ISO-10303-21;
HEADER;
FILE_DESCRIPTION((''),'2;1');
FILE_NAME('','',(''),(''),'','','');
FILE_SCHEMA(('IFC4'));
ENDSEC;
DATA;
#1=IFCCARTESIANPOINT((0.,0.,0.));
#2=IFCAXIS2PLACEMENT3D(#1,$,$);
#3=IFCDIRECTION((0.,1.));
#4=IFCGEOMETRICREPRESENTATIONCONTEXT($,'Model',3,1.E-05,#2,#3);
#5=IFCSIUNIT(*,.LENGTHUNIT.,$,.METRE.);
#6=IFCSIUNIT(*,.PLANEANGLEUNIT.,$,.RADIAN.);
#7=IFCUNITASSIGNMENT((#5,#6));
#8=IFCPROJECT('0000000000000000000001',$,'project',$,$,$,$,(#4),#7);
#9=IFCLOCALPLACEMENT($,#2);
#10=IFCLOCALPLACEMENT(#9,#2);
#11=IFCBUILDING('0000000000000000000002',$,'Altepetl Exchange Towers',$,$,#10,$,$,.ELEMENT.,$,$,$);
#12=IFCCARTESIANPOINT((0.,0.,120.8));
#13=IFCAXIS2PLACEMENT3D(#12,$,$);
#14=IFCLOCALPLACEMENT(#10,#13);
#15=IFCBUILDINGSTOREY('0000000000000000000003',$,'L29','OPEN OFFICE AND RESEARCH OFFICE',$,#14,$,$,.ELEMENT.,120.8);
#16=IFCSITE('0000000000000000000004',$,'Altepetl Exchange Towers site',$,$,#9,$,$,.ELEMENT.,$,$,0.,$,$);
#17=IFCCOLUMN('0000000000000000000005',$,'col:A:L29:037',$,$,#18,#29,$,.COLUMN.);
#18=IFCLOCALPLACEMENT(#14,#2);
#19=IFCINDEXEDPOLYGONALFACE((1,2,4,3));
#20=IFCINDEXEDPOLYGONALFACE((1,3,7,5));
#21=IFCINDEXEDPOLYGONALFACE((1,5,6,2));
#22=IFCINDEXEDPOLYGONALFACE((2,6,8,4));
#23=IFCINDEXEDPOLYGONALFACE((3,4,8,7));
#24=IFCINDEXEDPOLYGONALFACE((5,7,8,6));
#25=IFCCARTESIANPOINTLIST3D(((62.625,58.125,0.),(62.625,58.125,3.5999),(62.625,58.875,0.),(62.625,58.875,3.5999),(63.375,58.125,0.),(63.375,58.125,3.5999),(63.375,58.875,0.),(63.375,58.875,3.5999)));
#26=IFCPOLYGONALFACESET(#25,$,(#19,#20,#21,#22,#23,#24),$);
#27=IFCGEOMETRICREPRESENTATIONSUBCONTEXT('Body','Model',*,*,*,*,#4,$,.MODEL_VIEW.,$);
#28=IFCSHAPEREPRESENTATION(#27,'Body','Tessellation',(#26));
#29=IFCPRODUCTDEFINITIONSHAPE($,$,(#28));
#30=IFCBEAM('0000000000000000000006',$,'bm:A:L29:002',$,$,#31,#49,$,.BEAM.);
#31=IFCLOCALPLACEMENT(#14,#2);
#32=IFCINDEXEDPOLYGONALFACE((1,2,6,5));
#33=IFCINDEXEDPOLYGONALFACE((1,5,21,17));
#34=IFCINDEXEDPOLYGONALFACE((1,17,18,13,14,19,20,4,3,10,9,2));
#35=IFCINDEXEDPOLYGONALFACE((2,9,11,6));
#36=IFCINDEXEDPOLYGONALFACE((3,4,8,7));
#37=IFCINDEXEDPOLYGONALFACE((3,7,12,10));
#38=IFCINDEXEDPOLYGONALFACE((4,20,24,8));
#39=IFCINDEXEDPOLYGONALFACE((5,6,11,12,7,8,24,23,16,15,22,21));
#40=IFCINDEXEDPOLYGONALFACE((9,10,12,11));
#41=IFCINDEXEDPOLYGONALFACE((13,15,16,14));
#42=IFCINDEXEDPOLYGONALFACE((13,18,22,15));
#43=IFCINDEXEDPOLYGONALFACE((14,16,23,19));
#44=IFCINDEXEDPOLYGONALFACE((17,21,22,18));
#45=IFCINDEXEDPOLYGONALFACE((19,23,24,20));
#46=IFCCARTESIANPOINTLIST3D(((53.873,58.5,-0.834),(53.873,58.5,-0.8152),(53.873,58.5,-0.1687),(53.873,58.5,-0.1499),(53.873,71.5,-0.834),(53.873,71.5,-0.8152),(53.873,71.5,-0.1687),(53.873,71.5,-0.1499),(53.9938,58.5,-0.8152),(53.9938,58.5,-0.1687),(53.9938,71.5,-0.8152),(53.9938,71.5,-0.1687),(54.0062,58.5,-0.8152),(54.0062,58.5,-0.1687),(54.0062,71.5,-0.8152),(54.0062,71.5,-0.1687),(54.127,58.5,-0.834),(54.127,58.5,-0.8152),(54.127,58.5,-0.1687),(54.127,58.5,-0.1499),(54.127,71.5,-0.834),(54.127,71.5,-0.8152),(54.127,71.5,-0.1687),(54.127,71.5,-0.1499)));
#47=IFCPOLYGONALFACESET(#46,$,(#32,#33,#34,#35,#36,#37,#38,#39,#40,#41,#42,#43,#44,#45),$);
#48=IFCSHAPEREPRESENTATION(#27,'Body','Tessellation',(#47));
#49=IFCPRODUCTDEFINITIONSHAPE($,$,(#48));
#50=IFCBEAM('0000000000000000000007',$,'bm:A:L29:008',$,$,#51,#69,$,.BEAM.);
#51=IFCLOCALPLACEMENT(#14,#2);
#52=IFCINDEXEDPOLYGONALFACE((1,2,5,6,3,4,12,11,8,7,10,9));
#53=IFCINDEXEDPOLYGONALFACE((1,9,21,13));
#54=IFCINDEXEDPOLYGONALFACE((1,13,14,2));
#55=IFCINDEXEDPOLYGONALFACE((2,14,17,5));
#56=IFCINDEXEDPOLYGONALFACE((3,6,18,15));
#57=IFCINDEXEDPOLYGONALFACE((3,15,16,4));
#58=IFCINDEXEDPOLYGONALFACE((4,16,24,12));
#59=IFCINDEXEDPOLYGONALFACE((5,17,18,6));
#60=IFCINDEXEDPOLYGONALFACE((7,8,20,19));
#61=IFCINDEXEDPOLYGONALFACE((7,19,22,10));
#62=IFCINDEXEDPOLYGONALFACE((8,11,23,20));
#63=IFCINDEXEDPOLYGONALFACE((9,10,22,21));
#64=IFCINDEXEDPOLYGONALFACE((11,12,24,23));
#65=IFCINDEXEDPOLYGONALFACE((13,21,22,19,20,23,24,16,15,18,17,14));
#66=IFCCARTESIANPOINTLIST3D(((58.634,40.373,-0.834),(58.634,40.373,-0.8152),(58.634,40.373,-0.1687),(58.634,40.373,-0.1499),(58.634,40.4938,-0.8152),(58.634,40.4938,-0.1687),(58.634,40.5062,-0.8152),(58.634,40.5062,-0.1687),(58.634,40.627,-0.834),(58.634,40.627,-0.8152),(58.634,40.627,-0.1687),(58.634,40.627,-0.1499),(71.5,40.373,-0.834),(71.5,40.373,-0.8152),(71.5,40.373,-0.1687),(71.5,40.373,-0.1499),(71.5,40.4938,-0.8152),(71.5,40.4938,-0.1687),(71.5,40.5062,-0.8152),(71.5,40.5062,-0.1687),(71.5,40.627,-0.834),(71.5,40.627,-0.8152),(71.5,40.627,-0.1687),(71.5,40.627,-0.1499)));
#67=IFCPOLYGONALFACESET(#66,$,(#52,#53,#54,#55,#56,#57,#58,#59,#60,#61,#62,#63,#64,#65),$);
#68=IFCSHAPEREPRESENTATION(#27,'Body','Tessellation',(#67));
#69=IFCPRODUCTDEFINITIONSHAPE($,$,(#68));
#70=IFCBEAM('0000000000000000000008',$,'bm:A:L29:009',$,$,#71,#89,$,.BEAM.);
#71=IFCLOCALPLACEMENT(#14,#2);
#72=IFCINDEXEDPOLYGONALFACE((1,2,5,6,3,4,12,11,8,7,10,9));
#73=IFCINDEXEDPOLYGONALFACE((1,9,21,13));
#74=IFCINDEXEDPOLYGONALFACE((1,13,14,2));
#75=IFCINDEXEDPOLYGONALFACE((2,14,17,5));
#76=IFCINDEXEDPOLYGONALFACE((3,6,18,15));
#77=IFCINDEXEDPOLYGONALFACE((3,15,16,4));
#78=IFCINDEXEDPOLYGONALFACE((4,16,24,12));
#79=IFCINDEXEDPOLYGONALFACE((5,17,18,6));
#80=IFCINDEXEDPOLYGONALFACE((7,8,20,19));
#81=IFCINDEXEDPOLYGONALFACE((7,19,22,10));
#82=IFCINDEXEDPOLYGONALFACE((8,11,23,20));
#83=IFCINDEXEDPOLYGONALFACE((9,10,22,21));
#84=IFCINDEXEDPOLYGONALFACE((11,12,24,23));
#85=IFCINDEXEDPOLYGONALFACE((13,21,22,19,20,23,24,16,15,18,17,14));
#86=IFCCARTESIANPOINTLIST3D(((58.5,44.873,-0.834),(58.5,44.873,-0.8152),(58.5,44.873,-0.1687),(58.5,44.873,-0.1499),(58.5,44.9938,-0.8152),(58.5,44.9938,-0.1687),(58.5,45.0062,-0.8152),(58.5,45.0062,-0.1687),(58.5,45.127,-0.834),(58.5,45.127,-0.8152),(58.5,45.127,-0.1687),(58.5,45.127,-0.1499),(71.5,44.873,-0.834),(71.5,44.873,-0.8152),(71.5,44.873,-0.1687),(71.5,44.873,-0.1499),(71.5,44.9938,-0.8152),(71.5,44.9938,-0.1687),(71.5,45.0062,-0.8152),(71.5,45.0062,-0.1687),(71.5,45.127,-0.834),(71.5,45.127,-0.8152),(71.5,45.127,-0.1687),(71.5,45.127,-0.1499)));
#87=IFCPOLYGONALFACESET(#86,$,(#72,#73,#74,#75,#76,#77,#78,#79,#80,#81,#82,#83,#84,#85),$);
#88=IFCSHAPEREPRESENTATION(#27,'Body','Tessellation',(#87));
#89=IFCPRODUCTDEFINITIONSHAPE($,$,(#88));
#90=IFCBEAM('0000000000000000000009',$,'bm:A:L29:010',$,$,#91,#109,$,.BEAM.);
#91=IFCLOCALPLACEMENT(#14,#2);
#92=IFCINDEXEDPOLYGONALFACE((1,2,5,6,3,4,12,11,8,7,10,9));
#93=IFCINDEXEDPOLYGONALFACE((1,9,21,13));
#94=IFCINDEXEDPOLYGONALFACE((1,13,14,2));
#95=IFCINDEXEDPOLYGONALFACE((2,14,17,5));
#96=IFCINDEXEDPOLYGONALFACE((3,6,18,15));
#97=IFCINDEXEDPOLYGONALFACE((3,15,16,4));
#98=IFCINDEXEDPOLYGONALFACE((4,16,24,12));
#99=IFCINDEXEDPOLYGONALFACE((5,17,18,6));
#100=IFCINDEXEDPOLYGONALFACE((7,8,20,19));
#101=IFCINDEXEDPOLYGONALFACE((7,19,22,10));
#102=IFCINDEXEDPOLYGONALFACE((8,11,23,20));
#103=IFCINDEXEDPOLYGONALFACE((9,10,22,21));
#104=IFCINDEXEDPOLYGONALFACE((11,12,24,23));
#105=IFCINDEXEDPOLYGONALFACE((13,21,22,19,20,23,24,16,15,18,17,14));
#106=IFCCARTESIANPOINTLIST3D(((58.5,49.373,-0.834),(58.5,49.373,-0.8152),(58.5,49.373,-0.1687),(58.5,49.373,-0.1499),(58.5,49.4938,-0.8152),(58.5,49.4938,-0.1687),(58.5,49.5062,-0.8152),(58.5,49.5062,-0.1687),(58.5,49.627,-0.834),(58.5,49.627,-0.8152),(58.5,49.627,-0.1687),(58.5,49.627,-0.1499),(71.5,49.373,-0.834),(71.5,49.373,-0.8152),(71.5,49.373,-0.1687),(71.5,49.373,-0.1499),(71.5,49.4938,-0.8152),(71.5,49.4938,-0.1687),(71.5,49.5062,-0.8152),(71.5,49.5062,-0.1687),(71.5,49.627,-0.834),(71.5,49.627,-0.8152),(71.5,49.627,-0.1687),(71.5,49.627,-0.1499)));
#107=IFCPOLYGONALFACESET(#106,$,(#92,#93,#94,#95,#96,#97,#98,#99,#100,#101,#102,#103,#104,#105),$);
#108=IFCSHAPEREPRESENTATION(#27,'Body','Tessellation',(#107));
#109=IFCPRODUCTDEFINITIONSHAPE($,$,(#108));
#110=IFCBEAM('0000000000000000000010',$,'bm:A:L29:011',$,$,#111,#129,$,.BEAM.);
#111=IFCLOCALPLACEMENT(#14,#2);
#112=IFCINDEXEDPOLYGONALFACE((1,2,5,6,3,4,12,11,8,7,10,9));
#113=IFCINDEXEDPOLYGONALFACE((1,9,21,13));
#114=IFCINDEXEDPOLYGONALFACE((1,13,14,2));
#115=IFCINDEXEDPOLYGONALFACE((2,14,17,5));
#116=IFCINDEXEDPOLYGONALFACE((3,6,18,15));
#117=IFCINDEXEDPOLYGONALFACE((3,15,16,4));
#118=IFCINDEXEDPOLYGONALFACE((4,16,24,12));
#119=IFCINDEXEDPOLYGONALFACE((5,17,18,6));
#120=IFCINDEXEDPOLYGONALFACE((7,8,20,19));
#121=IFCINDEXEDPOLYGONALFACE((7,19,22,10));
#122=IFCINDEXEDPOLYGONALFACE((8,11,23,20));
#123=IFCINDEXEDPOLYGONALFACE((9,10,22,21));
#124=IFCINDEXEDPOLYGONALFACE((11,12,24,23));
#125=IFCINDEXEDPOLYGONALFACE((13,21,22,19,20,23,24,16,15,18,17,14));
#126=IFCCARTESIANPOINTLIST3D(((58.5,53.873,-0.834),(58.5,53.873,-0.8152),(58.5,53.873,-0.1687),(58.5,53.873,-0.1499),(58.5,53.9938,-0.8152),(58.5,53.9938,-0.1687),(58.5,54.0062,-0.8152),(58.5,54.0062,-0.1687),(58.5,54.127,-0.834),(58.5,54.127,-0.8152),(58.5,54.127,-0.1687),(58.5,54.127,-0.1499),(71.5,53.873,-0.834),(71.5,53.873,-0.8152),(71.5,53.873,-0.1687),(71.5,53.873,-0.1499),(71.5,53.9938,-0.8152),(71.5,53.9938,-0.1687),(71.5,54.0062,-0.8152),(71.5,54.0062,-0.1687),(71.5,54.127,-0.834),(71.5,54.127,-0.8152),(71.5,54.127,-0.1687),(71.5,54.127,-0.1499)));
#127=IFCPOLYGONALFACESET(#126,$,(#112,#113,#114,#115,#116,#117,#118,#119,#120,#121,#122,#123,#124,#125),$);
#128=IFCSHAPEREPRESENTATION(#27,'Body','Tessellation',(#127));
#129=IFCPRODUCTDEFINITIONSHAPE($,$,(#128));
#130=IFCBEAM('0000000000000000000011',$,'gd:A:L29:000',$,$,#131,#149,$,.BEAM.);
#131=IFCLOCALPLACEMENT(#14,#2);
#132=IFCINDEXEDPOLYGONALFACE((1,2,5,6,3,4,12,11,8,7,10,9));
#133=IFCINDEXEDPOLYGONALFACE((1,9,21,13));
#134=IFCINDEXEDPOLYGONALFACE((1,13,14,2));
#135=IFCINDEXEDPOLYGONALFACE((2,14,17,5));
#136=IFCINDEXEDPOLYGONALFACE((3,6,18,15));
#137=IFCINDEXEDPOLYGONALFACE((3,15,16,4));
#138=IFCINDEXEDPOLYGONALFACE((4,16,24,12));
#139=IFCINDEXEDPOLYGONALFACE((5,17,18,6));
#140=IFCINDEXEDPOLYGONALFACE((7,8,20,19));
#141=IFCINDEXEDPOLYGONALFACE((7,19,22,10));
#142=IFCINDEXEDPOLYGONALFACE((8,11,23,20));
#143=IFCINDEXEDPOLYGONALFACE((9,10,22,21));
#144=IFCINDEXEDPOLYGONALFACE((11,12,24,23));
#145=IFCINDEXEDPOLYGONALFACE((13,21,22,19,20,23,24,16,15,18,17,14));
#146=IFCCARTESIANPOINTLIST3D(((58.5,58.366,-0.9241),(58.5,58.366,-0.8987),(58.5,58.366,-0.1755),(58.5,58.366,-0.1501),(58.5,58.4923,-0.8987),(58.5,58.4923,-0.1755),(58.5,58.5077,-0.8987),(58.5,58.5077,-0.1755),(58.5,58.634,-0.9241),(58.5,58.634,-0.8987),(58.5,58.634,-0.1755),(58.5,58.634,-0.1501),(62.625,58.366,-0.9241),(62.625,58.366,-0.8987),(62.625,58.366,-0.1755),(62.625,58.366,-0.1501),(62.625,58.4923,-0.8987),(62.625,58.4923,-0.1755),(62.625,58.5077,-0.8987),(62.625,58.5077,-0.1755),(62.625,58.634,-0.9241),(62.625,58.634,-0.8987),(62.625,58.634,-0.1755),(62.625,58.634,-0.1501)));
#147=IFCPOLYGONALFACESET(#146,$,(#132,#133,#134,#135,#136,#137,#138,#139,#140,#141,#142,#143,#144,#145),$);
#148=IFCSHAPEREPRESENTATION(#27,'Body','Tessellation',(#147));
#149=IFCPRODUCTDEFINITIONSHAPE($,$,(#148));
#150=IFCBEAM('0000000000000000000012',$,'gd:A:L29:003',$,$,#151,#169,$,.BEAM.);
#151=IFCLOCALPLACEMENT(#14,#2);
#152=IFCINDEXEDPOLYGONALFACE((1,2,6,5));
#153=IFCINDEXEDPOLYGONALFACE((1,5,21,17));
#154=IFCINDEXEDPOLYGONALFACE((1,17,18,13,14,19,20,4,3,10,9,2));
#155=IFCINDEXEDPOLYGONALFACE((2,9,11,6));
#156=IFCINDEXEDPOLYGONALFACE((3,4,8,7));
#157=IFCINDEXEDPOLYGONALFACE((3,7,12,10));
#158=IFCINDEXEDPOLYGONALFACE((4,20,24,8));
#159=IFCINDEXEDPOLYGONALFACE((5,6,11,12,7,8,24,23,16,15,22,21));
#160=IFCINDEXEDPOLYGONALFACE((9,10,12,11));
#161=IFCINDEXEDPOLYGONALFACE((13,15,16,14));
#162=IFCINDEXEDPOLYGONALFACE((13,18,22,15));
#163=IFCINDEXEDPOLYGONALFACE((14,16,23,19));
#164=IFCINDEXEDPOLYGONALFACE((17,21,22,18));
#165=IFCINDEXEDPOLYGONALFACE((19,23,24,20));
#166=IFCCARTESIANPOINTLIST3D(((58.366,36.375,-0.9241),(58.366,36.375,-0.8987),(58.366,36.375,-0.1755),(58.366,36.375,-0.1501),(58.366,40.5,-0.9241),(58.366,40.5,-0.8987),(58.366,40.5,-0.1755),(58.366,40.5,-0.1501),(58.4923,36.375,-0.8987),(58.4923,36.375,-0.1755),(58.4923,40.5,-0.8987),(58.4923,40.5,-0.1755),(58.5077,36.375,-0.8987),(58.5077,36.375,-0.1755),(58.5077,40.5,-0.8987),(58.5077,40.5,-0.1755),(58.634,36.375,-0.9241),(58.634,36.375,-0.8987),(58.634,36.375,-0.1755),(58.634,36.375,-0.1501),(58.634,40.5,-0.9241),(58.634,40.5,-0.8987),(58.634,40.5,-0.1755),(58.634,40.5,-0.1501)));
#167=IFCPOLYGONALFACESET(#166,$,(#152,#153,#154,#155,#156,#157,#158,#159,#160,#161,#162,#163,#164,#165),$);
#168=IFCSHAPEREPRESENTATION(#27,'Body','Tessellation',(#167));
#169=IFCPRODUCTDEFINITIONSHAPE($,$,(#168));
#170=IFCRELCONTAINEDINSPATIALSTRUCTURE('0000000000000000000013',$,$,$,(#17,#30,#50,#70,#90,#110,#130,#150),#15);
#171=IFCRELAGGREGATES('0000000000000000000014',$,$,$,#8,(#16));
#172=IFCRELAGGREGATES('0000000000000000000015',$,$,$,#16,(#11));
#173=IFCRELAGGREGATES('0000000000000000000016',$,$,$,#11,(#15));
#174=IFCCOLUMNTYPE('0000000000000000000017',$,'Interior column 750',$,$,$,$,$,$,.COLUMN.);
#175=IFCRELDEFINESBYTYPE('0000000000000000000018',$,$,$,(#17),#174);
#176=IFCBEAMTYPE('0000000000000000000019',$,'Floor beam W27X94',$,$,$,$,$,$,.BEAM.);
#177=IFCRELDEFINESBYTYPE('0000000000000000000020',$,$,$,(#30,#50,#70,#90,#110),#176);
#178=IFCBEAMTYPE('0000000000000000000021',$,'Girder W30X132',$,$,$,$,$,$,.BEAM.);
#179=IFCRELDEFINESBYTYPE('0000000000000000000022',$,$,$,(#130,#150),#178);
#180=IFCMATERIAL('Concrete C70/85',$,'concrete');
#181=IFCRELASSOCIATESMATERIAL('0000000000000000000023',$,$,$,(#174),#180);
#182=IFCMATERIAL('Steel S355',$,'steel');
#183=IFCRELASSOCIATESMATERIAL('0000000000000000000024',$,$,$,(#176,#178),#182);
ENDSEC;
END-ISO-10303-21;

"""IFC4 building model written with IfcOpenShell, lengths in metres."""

from ifc_helpers import new_model, si_unit, direction, frame, origin, origin_2d, place, context, subcontext, project, spatial, rectangle, i_section, extrude, material, material_profile, profile_set, type_object, element, save


model = new_model("IFC4")

# Units and contexts
model_context = context("Model", 3, precision=1e-05, world=origin(), true_north=direction((0.0, 1.0)))
body_context = subcontext(model_context, "Body", "Model", "MODEL_VIEW")
ifc_project = project(units=[si_unit("LENGTHUNIT", "METRE"), si_unit("PLANEANGLEUNIT", "RADIAN")], contexts=[model_context])

# Site, building, storey
site_placement = place(None, origin())
site = spatial("IfcSite", under=ifc_project, at=site_placement, Name="Altepetl Exchange Towers site", CompositionType="ELEMENT", RefElevation=0.0)
building_placement = place(site_placement, origin())
building = spatial("IfcBuilding", under=site, at=building_placement, Name="Altepetl Exchange Towers", CompositionType="ELEMENT")
storey_placement = place(building_placement, frame((0.0, 0.0, 120.8)))
storey = spatial("IfcBuildingStorey", under=building, at=storey_placement, Name="L29", Description="OPEN OFFICE AND RESEARCH OFFICE", CompositionType="ELEMENT", Elevation=120.8)

# Column
ifc_material_1 = material(Name="Concrete C70/85", Category="concrete")
ifc_material_profile_1 = material_profile(ifc_material_1, rectangle(XDim=0.75, YDim=0.75, at=origin_2d()), Name="750 x 750")
ifc_profile_set_1 = profile_set([ifc_material_profile_1], Name="Concrete C70/85")
column_type = type_object("IfcColumnType", Name="Interior column 750", PredefinedType="COLUMN", material=ifc_profile_set_1)
column_placement = place(storey_placement, frame((63.0, 58.5, 0.0)))
element("IfcColumn", 1, at=column_placement, inside=storey, type_object=column_type, Name="col:A:L29:037", PredefinedType="COLUMN", context=body_context, shape_type="SweptSolid", body=[
    extrude(rectangle(XDim=0.75, YDim=0.75, at=origin_2d()), origin(), (0.0, 0.0, 1.0), 3.5999),
])

# Beams
ifc_material_2 = material(Name="Steel S355", Category="steel")
ifc_material_profile_2 = material_profile(ifc_material_2, i_section(OverallWidth=0.2539, OverallDepth=0.6841, WebThickness=0.0125, FlangeThickness=0.0188, at=origin_2d()), Name="W27X94")
ifc_profile_set_2 = profile_set([ifc_material_profile_2], Name="Steel S355")
beam_type_1 = type_object("IfcBeamType", Name="Floor beam W27X94", PredefinedType="BEAM", material=ifc_profile_set_2)
beam_1_placement = place(storey_placement, frame((54.0, 58.5, -0.4919), z_axis=(0.0, 1.0, 0.0), x_axis=(-1.0, 0.0, 0.0)))
element("IfcBeam", 2, at=beam_1_placement, inside=storey, type_object=beam_type_1, Name="bm:A:L29:002", PredefinedType="BEAM", context=body_context, shape_type="SweptSolid", body=[
    extrude(i_section(OverallWidth=0.2539, OverallDepth=0.6841, WebThickness=0.0125, FlangeThickness=0.0188, at=origin_2d()), origin(), (0.0, 0.0, 1.0), 13.0),
])
beam_2_placement = place(storey_placement, frame((58.634, 40.5, -0.4919), z_axis=(1.0, 0.0, 0.0), x_axis=(0.0, 1.0, 0.0)))
element("IfcBeam", 3, at=beam_2_placement, inside=storey, type_object=beam_type_1, Name="bm:A:L29:008", PredefinedType="BEAM", context=body_context, shape_type="SweptSolid", body=[
    extrude(i_section(OverallWidth=0.2539, OverallDepth=0.6841, WebThickness=0.0125, FlangeThickness=0.0188, at=origin_2d()), origin(), (0.0, 0.0, 1.0), 12.866),
])
for number, where, z_axis, x_axis, name in (
    (4, (58.5, 45.0, -0.4919), (1.0, 0.0, 0.0), (0.0, 1.0, 0.0), "bm:A:L29:009"),
    (5, (58.5, 49.5, -0.4919), (1.0, 0.0, 0.0), (0.0, 1.0, 0.0), "bm:A:L29:010"),
    (6, (58.5, 54.0, -0.4919), (1.0, 0.0, 0.0), (0.0, 1.0, 0.0), "bm:A:L29:011"),
):
    element("IfcBeam", number, at=place(storey_placement, frame(where, z_axis=z_axis, x_axis=x_axis)), inside=storey, type_object=beam_type_1, Name=name, PredefinedType="BEAM", context=body_context, shape_type="SweptSolid", body=[
        extrude(i_section(OverallWidth=0.2539, OverallDepth=0.6841, WebThickness=0.0125, FlangeThickness=0.0188, at=origin_2d()), origin(), (0.0, 0.0, 1.0), 13.0),
    ])
ifc_material_profile_3 = material_profile(ifc_material_2, i_section(OverallWidth=0.2681, OverallDepth=0.7739, WebThickness=0.0154, FlangeThickness=0.0254, at=origin_2d()), Name="W30X132")
ifc_profile_set_3 = profile_set([ifc_material_profile_3], Name="Steel S355")
beam_type_2 = type_object("IfcBeamType", Name="Girder W30X132", PredefinedType="BEAM", material=ifc_profile_set_3)
for number, where, z_axis, x_axis, name in (
    (7, (58.5, 58.5, -0.5371), (1.0, 0.0, 0.0), (0.0, 1.0, 0.0), "gd:A:L29:000"),
    (8, (58.5, 40.5, -0.5371), (0.0, -1.0, 0.0), (1.0, 0.0, 0.0), "gd:A:L29:003"),
):
    element("IfcBeam", number, at=place(storey_placement, frame(where, z_axis=z_axis, x_axis=x_axis)), inside=storey, type_object=beam_type_2, Name=name, PredefinedType="BEAM", context=body_context, shape_type="SweptSolid", body=[
        extrude(i_section(OverallWidth=0.2681, OverallDepth=0.7739, WebThickness=0.0154, FlangeThickness=0.0254, at=origin_2d()), origin(), (0.0, 0.0, 1.0), 4.125),
    ])

save(model, "model.ifc")
